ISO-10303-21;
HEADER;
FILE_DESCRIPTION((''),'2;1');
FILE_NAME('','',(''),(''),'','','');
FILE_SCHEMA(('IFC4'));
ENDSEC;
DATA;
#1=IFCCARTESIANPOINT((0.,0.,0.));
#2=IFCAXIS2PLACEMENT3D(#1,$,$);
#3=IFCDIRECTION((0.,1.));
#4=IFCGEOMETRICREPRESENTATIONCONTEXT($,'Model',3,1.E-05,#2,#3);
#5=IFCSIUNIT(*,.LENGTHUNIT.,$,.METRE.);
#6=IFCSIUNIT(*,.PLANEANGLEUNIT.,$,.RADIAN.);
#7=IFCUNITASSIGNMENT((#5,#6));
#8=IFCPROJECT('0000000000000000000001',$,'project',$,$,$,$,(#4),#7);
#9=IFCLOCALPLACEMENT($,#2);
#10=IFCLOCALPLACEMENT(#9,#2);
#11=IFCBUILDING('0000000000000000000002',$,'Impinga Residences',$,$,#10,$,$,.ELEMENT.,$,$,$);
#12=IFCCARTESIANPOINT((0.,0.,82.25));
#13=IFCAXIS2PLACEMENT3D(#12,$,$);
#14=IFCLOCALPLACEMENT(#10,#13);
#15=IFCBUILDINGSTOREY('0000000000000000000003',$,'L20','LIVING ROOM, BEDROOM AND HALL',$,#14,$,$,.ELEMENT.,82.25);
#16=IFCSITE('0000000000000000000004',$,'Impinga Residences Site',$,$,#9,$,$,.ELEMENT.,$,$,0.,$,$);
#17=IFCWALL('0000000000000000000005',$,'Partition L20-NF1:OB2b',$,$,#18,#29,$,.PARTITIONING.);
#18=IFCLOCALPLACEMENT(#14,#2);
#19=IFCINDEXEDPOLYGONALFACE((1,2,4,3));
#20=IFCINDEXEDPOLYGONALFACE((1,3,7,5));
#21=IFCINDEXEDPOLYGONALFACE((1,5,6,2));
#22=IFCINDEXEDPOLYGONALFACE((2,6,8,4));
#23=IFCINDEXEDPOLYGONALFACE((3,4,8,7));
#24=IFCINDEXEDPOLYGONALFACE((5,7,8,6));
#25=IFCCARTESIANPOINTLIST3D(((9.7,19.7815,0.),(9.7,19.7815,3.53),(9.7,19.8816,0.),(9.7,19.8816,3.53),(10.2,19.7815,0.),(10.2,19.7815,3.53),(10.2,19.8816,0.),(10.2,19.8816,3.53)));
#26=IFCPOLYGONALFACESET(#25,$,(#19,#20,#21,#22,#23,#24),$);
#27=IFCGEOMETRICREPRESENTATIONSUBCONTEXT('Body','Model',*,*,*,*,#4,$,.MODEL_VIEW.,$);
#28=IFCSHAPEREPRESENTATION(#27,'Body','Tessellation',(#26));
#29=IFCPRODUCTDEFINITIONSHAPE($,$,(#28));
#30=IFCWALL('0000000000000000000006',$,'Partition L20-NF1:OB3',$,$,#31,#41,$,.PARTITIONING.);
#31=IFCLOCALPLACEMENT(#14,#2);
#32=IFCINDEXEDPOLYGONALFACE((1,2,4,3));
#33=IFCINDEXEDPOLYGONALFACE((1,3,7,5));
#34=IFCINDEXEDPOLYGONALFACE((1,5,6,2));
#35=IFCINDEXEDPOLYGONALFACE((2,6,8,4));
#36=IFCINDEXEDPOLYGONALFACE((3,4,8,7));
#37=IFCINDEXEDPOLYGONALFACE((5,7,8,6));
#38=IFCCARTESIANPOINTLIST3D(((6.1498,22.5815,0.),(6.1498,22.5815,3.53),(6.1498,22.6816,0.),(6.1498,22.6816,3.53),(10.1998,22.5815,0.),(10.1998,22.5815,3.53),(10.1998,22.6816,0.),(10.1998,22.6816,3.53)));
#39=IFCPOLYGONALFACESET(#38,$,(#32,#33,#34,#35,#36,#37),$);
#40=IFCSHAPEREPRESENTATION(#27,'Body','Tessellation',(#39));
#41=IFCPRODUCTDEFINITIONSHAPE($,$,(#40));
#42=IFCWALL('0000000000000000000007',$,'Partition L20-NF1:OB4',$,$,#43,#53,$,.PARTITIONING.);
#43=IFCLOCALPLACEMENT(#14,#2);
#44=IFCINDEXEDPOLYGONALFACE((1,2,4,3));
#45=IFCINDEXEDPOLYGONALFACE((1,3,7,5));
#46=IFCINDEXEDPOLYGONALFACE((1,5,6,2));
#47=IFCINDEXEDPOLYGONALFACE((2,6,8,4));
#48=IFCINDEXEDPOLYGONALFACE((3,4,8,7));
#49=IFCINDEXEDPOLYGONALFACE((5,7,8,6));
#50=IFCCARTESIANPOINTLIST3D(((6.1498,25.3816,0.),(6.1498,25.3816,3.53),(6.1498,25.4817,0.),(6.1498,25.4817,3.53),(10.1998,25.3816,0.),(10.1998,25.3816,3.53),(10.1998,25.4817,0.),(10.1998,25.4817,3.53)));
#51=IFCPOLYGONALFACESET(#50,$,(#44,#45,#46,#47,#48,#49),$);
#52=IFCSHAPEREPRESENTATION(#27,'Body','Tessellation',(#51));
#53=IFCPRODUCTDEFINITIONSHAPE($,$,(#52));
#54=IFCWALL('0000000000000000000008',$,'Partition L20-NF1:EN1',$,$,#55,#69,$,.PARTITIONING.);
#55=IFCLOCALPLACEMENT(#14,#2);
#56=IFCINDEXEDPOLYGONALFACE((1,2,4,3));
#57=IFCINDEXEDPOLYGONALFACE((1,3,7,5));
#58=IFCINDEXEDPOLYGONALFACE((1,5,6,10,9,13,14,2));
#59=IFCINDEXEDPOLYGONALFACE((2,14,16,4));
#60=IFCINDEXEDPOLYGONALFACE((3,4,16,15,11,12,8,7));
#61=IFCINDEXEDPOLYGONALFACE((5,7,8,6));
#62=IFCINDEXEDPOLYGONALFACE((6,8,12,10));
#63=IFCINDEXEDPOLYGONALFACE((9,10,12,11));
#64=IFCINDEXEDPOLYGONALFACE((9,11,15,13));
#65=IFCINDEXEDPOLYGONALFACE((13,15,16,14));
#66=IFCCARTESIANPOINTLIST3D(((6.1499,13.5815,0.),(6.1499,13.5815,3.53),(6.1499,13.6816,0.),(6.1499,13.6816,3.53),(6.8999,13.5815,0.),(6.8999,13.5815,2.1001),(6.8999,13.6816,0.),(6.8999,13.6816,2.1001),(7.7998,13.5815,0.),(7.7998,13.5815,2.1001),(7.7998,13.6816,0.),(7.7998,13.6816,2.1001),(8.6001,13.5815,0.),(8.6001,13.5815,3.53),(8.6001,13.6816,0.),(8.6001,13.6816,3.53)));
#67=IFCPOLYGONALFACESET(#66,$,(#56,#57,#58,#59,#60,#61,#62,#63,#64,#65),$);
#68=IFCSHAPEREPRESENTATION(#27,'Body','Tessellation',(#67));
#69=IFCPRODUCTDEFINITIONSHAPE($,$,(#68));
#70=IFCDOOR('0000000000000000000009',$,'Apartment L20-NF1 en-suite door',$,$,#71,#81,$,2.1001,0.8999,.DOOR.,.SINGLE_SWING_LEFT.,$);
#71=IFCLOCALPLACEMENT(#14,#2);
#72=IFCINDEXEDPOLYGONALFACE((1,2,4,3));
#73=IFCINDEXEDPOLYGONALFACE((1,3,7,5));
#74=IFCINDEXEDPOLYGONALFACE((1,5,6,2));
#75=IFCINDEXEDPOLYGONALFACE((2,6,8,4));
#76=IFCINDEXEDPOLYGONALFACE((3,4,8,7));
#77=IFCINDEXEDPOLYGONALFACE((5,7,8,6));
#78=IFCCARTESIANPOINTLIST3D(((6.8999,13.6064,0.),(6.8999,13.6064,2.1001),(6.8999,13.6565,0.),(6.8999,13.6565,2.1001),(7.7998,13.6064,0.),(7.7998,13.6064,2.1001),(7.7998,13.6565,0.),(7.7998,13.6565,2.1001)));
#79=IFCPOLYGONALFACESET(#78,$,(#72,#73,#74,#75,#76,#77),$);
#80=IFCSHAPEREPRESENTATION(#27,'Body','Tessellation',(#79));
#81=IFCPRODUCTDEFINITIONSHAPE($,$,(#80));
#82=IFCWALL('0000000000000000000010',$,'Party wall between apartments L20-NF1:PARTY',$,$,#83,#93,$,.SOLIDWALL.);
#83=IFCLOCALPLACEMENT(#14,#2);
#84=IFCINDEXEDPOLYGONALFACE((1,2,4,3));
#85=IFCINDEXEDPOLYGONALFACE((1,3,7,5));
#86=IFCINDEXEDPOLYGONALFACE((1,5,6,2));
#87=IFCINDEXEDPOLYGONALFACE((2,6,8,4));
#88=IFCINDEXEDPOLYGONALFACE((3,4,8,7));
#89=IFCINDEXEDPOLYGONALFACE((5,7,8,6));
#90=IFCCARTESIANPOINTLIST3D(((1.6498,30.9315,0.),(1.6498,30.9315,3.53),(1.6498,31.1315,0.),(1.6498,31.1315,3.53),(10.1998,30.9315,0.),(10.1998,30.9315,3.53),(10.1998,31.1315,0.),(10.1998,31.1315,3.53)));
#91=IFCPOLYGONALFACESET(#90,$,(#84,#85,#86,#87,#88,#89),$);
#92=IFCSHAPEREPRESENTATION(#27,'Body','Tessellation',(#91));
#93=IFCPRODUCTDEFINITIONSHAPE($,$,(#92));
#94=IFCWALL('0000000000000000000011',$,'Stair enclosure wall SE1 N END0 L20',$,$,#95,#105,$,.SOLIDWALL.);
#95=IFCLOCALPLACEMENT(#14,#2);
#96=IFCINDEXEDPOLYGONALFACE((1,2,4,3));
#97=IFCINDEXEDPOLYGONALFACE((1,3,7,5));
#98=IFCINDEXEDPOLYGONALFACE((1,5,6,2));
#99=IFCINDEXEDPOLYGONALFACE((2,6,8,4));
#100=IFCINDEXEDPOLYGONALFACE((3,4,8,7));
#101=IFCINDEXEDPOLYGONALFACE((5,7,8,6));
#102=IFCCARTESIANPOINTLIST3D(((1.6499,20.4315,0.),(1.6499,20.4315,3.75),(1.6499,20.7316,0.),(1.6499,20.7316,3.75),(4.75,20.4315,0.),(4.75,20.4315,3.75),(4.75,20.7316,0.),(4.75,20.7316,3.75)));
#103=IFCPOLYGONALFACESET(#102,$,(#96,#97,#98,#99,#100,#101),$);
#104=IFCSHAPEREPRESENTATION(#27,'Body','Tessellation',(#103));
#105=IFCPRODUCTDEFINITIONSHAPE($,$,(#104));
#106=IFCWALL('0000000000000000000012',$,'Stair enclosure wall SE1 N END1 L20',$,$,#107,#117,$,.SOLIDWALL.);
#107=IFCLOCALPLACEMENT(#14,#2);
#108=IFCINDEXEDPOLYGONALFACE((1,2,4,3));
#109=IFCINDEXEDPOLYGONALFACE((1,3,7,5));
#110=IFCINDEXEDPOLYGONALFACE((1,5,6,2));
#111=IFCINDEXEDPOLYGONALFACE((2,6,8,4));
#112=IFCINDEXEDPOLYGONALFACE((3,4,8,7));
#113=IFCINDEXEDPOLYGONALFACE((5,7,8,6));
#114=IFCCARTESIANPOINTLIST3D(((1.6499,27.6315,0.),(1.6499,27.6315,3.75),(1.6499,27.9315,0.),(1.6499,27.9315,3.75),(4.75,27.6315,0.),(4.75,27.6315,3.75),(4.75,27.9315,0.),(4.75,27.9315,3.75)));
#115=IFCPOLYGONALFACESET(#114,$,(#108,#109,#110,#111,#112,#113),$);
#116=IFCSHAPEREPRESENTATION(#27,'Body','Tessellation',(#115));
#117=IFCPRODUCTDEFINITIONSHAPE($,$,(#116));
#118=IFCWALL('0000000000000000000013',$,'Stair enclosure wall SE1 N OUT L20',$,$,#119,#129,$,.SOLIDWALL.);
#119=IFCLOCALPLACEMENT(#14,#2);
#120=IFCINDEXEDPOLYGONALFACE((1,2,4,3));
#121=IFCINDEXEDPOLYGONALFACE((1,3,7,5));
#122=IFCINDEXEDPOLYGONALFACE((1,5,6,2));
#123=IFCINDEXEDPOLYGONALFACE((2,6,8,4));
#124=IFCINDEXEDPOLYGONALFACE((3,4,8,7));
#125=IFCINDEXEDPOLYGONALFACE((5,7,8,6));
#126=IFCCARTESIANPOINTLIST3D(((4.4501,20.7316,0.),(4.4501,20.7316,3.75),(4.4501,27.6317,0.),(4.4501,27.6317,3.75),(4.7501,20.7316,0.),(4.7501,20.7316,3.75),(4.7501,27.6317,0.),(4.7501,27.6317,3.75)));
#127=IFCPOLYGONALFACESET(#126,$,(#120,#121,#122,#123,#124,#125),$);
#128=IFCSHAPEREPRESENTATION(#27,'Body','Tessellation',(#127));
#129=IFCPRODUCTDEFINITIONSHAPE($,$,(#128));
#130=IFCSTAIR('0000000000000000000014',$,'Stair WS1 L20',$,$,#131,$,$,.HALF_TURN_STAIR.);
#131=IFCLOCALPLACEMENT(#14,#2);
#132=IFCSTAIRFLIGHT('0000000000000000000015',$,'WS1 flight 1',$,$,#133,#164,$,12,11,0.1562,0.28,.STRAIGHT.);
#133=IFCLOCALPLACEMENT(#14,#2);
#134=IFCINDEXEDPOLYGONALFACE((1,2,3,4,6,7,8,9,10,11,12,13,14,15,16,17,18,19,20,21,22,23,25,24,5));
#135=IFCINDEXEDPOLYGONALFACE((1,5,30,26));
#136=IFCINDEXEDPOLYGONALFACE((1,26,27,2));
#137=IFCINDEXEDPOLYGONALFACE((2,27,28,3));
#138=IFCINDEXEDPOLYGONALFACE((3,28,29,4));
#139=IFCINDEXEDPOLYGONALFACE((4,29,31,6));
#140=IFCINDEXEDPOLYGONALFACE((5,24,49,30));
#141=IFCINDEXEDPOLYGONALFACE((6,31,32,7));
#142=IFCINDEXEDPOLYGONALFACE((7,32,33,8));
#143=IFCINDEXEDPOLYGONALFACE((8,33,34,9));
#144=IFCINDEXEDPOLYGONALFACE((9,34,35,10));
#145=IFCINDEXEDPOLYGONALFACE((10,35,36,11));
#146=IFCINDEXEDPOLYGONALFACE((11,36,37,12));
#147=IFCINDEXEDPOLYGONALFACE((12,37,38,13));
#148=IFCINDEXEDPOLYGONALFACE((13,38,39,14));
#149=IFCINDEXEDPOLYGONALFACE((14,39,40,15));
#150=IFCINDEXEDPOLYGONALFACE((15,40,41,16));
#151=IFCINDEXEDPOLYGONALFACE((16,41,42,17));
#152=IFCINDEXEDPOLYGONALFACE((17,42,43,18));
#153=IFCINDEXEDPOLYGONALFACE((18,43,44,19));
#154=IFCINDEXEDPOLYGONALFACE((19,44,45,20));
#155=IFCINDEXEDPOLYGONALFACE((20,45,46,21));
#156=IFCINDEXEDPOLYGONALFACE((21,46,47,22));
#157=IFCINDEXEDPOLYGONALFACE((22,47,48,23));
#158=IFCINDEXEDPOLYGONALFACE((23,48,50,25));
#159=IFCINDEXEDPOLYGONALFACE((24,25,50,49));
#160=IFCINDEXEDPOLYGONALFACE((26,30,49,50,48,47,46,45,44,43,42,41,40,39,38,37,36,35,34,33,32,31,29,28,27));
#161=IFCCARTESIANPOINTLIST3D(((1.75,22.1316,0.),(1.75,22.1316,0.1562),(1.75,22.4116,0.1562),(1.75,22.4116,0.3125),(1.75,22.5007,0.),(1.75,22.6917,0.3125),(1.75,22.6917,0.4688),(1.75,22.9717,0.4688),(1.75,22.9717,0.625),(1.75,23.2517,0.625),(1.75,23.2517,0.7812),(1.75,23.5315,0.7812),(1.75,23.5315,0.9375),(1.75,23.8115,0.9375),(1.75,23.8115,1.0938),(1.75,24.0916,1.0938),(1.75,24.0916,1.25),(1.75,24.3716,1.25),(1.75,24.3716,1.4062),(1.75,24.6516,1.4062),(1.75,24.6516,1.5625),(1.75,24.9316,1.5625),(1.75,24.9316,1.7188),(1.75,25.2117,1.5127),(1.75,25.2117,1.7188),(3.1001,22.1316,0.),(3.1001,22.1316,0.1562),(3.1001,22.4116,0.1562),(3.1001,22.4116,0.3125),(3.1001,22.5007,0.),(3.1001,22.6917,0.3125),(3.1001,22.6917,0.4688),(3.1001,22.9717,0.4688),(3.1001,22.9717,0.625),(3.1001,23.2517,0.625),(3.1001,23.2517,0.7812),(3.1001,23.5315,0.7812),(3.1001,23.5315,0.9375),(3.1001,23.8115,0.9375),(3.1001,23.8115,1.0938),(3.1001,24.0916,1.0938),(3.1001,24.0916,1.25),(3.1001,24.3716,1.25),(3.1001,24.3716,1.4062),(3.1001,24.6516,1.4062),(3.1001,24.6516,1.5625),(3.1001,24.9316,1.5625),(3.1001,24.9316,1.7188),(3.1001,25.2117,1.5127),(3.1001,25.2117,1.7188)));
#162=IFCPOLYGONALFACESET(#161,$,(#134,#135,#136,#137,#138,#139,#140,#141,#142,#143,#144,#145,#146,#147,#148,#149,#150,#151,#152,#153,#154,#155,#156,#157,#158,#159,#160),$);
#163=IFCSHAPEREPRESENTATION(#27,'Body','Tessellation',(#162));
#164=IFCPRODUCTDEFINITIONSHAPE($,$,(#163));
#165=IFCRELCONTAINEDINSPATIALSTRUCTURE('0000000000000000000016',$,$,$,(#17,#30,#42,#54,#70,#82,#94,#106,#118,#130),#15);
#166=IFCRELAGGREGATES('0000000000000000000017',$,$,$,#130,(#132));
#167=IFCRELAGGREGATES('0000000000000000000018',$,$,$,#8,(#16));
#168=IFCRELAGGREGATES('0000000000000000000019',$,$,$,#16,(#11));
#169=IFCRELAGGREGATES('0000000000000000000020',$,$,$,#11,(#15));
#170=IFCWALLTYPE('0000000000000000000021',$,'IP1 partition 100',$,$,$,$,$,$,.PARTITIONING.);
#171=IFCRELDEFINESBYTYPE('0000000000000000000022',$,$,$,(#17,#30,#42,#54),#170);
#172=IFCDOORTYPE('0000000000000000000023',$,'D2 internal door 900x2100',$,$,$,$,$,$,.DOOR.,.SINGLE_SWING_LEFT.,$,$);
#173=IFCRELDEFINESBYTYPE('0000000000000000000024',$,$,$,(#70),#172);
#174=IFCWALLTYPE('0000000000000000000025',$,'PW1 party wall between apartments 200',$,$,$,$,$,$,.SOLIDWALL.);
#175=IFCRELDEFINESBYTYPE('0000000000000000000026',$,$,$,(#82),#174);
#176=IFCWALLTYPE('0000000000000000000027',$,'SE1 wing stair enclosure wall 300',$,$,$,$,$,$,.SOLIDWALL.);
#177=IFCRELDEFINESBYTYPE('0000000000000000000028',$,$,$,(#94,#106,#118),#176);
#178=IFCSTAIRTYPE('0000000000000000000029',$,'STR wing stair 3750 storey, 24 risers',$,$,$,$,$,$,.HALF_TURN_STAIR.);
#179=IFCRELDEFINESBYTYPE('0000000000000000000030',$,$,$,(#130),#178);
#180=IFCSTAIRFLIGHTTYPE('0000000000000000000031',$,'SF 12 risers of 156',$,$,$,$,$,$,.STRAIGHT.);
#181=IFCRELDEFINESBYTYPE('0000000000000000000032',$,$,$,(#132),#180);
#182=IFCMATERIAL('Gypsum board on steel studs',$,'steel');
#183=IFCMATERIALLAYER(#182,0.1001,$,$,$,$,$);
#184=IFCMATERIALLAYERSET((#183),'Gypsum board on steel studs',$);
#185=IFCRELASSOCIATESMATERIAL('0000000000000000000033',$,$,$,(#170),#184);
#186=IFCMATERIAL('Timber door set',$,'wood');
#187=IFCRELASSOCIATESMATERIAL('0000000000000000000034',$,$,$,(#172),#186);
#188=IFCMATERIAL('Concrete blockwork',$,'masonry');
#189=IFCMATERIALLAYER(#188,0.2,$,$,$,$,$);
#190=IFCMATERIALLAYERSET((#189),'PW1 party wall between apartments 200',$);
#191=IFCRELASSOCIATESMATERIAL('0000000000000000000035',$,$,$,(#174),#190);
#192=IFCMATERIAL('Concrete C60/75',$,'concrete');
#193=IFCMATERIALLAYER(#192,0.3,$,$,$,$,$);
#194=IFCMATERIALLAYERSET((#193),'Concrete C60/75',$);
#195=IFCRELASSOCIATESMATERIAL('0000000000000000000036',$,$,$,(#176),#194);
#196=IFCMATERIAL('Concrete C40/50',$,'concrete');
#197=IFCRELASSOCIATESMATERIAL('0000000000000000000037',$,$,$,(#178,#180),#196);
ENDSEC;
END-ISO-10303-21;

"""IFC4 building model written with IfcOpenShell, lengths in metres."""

from ifc_helpers import new_model, si_unit, direction, frame, frame_2d, origin, place, context, subcontext, project, spatial, polyline, rectangle, outline, extrude, material, layer, layer_set, type_object, element, fill, aggregate, save


model = new_model("IFC4")

# Units and contexts
model_context = context("Model", 3, precision=1e-05, world=origin(), true_north=direction((0.0, 1.0)))
body_context = subcontext(model_context, "Body", "Model", "MODEL_VIEW")
ifc_project = project(units=[si_unit("LENGTHUNIT", "METRE"), si_unit("PLANEANGLEUNIT", "RADIAN")], contexts=[model_context])

# Site, building, storey
site_placement = place(None, origin())
site = spatial("IfcSite", under=ifc_project, at=site_placement, Name="Impinga Residences Site", CompositionType="ELEMENT", RefElevation=0.0)
building_placement = place(site_placement, origin())
building = spatial("IfcBuilding", under=site, at=building_placement, Name="Impinga Residences", CompositionType="ELEMENT")
storey_placement = place(building_placement, frame((0.0, 0.0, 82.25)))
storey = spatial("IfcBuildingStorey", under=building, at=storey_placement, Name="L20", Description="LIVING ROOM, BEDROOM AND HALL", CompositionType="ELEMENT", Elevation=82.25)

# Shared definitions
ifc_material_1 = material(Name="Concrete C60/75", Category="concrete")

# Shared definitions
ifc_material_2 = material(Name="Gypsum board on steel studs", Category="steel")
ifc_layer_1 = layer(ifc_material_2, 0.1001)
ifc_layer_set_1 = layer_set([ifc_layer_1], Name="Gypsum board on steel studs")
wall_type_1 = type_object("IfcWallType", Name="IP1 partition 100", PredefinedType="PARTITIONING", material=ifc_layer_set_1)

# Shared definitions
ifc_material_3 = material(Name="Timber door set", Category="wood")
door_type = type_object("IfcDoorType", Name="D2 internal door 900x2100", OperationType="SINGLE_SWING_LEFT", PredefinedType="DOOR", material=ifc_material_3)

# Walls
wall_1_placement = place(storey_placement, frame((9.7, 19.8315, 0.0), z_axis=(0.0, 0.0, 1.0), x_axis=(1.0, 0.0, 0.0)))
element("IfcWall", 1, at=wall_1_placement, inside=storey, type_object=wall_type_1, Name="Partition L20-NF1:OB2b", PredefinedType="PARTITIONING", context=body_context, shape_type="SweptSolid", body=[
    extrude(rectangle(XDim=0.5, YDim=0.1001, at=frame_2d((0.25, 0.0))), origin(), (0.0, 0.0, 1.0), 3.53),
])
for number, where, z_axis, x_axis, name in (
    (2, (6.1499, 22.6316, 0.0), (0.0, 0.0, 1.0), (1.0, 0.0, 0.0), "Partition L20-NF1:OB3"),
    (3, (6.1499, 25.4316, 0.0), (0.0, 0.0, 1.0), (1.0, 0.0, 0.0), "Partition L20-NF1:OB4"),
):
    element("IfcWall", number, at=place(storey_placement, frame(where, z_axis=z_axis, x_axis=x_axis)), inside=storey, type_object=wall_type_1, Name=name, PredefinedType="PARTITIONING", context=body_context, shape_type="SweptSolid", body=[
        extrude(rectangle(XDim=4.05, YDim=0.1001, at=frame_2d((2.0249, 0.0))), origin(), (0.0, 0.0, 1.0), 3.53),
    ])

# Wall, opening, door
wall_2_placement = place(storey_placement, frame((6.1499, 13.6316, 0.0), z_axis=(0.0, 0.0, 1.0), x_axis=(1.0, 0.0, 0.0)))
wall_2 = element("IfcWall", 4, at=wall_2_placement, inside=storey, type_object=wall_type_1, Name="Partition L20-NF1:EN1", PredefinedType="PARTITIONING", context=body_context, shape_type="SweptSolid", body=[
    extrude(rectangle(XDim=2.4502, YDim=0.1001, at=frame_2d((1.2251, 0.0))), origin(), (0.0, 0.0, 1.0), 3.53),
])
opening_1_placement = place(wall_2_placement, frame((0.75, 0.0, 0.0)))
opening_1 = element("IfcOpeningElement", 5, at=opening_1_placement, cuts=wall_2, PredefinedType="OPENING", context=body_context, shape_type="SweptSolid", body=[
    extrude(rectangle(XDim=0.8999, YDim=2.1001, at=frame_2d((0.45, 1.05))), frame((0.0, 0.0601, 0.0), z_axis=(0.0, -1.0, 0.0), x_axis=(1.0, 0.0, 0.0)), (0.0, 0.0, 1.0), 0.1201),
])
door_1_placement = place(opening_1_placement, origin())
door_1 = element("IfcDoor", 6, at=door_1_placement, inside=storey, type_object=door_type, Name="Apartment L20-NF1 en-suite door", OperationType="SINGLE_SWING_LEFT", OverallHeight=2.1001, OverallWidth=0.8999, PredefinedType="DOOR", context=body_context, shape_type="SweptSolid", body=[
    extrude(rectangle(XDim=0.8999, YDim=2.1001, at=frame_2d((0.45, 1.05))), frame((0.0, 0.0249, 0.0), z_axis=(0.0, -1.0, 0.0), x_axis=(1.0, 0.0, 0.0)), (0.0, 0.0, 1.0), 0.05),
])
fill(opening_1, door_1)

# Walls
ifc_material_4 = material(Name="Concrete blockwork", Category="masonry")
ifc_layer_2 = layer(ifc_material_4, 0.2)
ifc_layer_set_2 = layer_set([ifc_layer_2], Name="PW1 party wall between apartments 200")
wall_type_2 = type_object("IfcWallType", Name="PW1 party wall between apartments 200", PredefinedType="SOLIDWALL", material=ifc_layer_set_2)
wall_3_placement = place(storey_placement, frame((1.6499, 31.0315, 0.0), z_axis=(0.0, 0.0, 1.0), x_axis=(1.0, 0.0, 0.0)))
element("IfcWall", 7, at=wall_3_placement, inside=storey, type_object=wall_type_2, Name="Party wall between apartments L20-NF1:PARTY", PredefinedType="SOLIDWALL", context=body_context, shape_type="SweptSolid", body=[
    extrude(rectangle(XDim=8.55, YDim=0.2, at=frame_2d((4.2749, 0.0))), origin(), (0.0, 0.0, 1.0), 3.53),
])
ifc_layer_3 = layer(ifc_material_1, 0.3)
ifc_layer_set_3 = layer_set([ifc_layer_3], Name="Concrete C60/75")
wall_type_3 = type_object("IfcWallType", Name="SE1 wing stair enclosure wall 300", PredefinedType="SOLIDWALL", material=ifc_layer_set_3)
for number, where, z_axis, x_axis, name in (
    (8, (1.6499, 20.5815, 0.0), (0.0, 0.0, 1.0), (1.0, 0.0, 0.0), "Stair enclosure wall SE1 N END0 L20"),
    (9, (1.6499, 27.7815, 0.0), (0.0, 0.0, 1.0), (1.0, 0.0, 0.0), "Stair enclosure wall SE1 N END1 L20"),
):
    element("IfcWall", number, at=place(storey_placement, frame(where, z_axis=z_axis, x_axis=x_axis)), inside=storey, type_object=wall_type_3, Name=name, PredefinedType="SOLIDWALL", context=body_context, shape_type="SweptSolid", body=[
        extrude(rectangle(XDim=3.1001, YDim=0.3, at=frame_2d((1.55, 0.0))), origin(), (0.0, 0.0, 1.0), 3.75),
    ])
wall_4_placement = place(storey_placement, frame((4.6001, 20.7314, 0.0), z_axis=(0.0, 0.0, 1.0), x_axis=(0.0, 1.0, 0.0)))
element("IfcWall", 10, at=wall_4_placement, inside=storey, type_object=wall_type_3, Name="Stair enclosure wall SE1 N OUT L20", PredefinedType="SOLIDWALL", context=body_context, shape_type="SweptSolid", body=[
    extrude(rectangle(XDim=6.9001, YDim=0.3, at=frame_2d((3.4502, 0.0))), origin(), (0.0, 0.0, 1.0), 3.75),
])

# Stair, stair flight
ifc_material_5 = material(Name="Concrete C40/50", Category="concrete")
stair_type = type_object("IfcStairType", Name="STR wing stair 3750 storey, 24 risers", PredefinedType="HALF_TURN_STAIR", material=ifc_material_5)
stair_placement = place(storey_placement, origin())
stair = element("IfcStair", 11, at=stair_placement, inside=storey, type_object=stair_type, Name="Stair WS1 L20", PredefinedType="HALF_TURN_STAIR")
stair_flight_type = type_object("IfcStairFlightType", Name="SF 12 risers of 156", PredefinedType="STRAIGHT", material=ifc_material_5)
stair_flight_1_placement = place(storey_placement, frame((2.425, 22.1316, 0.0), z_axis=(0.0, 0.0, 1.0), x_axis=(0.0, 1.0, 0.0)))
stair_flight_1 = element("IfcStairFlight", 12, at=stair_flight_1_placement, type_object=stair_flight_type, Name="WS1 flight 1", NumberOfRisers=12, NumberOfTreads=11, PredefinedType="STRAIGHT", RiserHeight=0.1562, TreadLength=0.28, context=body_context, shape_type="SweptSolid", body=[
    extrude(outline(polyline([(0.0, 0.0), (0.0, 0.1562), (0.28, 0.1562), (0.28, 0.3125), (0.5601, 0.3125), (0.5601, 0.4688), (0.8401, 0.4688), (0.8401, 0.625), (1.1201, 0.625), (1.1201, 0.7812), (1.3999, 0.7812), (1.3999, 0.9375), (1.6799, 0.9375), (1.6799, 1.0938), (1.96, 1.0938), (1.96, 1.25), (2.24, 1.25), (2.24, 1.4062), (2.52, 1.4062), (2.52, 1.5625), (2.8, 1.5625), (2.8, 1.7188), (3.0801, 1.7188), (3.0801, 1.875), (3.0801, 1.5127), (0.3691, 0.0), (0.0, 0.0)])), frame((0.0, 0.675, 0.0), z_axis=(0.0, -1.0, 0.0), x_axis=(1.0, 0.0, 0.0)), (0.0, 0.0, 1.0), 1.3501),
])
aggregate(stair, [stair_flight_1])

save(model, "model.ifc")
